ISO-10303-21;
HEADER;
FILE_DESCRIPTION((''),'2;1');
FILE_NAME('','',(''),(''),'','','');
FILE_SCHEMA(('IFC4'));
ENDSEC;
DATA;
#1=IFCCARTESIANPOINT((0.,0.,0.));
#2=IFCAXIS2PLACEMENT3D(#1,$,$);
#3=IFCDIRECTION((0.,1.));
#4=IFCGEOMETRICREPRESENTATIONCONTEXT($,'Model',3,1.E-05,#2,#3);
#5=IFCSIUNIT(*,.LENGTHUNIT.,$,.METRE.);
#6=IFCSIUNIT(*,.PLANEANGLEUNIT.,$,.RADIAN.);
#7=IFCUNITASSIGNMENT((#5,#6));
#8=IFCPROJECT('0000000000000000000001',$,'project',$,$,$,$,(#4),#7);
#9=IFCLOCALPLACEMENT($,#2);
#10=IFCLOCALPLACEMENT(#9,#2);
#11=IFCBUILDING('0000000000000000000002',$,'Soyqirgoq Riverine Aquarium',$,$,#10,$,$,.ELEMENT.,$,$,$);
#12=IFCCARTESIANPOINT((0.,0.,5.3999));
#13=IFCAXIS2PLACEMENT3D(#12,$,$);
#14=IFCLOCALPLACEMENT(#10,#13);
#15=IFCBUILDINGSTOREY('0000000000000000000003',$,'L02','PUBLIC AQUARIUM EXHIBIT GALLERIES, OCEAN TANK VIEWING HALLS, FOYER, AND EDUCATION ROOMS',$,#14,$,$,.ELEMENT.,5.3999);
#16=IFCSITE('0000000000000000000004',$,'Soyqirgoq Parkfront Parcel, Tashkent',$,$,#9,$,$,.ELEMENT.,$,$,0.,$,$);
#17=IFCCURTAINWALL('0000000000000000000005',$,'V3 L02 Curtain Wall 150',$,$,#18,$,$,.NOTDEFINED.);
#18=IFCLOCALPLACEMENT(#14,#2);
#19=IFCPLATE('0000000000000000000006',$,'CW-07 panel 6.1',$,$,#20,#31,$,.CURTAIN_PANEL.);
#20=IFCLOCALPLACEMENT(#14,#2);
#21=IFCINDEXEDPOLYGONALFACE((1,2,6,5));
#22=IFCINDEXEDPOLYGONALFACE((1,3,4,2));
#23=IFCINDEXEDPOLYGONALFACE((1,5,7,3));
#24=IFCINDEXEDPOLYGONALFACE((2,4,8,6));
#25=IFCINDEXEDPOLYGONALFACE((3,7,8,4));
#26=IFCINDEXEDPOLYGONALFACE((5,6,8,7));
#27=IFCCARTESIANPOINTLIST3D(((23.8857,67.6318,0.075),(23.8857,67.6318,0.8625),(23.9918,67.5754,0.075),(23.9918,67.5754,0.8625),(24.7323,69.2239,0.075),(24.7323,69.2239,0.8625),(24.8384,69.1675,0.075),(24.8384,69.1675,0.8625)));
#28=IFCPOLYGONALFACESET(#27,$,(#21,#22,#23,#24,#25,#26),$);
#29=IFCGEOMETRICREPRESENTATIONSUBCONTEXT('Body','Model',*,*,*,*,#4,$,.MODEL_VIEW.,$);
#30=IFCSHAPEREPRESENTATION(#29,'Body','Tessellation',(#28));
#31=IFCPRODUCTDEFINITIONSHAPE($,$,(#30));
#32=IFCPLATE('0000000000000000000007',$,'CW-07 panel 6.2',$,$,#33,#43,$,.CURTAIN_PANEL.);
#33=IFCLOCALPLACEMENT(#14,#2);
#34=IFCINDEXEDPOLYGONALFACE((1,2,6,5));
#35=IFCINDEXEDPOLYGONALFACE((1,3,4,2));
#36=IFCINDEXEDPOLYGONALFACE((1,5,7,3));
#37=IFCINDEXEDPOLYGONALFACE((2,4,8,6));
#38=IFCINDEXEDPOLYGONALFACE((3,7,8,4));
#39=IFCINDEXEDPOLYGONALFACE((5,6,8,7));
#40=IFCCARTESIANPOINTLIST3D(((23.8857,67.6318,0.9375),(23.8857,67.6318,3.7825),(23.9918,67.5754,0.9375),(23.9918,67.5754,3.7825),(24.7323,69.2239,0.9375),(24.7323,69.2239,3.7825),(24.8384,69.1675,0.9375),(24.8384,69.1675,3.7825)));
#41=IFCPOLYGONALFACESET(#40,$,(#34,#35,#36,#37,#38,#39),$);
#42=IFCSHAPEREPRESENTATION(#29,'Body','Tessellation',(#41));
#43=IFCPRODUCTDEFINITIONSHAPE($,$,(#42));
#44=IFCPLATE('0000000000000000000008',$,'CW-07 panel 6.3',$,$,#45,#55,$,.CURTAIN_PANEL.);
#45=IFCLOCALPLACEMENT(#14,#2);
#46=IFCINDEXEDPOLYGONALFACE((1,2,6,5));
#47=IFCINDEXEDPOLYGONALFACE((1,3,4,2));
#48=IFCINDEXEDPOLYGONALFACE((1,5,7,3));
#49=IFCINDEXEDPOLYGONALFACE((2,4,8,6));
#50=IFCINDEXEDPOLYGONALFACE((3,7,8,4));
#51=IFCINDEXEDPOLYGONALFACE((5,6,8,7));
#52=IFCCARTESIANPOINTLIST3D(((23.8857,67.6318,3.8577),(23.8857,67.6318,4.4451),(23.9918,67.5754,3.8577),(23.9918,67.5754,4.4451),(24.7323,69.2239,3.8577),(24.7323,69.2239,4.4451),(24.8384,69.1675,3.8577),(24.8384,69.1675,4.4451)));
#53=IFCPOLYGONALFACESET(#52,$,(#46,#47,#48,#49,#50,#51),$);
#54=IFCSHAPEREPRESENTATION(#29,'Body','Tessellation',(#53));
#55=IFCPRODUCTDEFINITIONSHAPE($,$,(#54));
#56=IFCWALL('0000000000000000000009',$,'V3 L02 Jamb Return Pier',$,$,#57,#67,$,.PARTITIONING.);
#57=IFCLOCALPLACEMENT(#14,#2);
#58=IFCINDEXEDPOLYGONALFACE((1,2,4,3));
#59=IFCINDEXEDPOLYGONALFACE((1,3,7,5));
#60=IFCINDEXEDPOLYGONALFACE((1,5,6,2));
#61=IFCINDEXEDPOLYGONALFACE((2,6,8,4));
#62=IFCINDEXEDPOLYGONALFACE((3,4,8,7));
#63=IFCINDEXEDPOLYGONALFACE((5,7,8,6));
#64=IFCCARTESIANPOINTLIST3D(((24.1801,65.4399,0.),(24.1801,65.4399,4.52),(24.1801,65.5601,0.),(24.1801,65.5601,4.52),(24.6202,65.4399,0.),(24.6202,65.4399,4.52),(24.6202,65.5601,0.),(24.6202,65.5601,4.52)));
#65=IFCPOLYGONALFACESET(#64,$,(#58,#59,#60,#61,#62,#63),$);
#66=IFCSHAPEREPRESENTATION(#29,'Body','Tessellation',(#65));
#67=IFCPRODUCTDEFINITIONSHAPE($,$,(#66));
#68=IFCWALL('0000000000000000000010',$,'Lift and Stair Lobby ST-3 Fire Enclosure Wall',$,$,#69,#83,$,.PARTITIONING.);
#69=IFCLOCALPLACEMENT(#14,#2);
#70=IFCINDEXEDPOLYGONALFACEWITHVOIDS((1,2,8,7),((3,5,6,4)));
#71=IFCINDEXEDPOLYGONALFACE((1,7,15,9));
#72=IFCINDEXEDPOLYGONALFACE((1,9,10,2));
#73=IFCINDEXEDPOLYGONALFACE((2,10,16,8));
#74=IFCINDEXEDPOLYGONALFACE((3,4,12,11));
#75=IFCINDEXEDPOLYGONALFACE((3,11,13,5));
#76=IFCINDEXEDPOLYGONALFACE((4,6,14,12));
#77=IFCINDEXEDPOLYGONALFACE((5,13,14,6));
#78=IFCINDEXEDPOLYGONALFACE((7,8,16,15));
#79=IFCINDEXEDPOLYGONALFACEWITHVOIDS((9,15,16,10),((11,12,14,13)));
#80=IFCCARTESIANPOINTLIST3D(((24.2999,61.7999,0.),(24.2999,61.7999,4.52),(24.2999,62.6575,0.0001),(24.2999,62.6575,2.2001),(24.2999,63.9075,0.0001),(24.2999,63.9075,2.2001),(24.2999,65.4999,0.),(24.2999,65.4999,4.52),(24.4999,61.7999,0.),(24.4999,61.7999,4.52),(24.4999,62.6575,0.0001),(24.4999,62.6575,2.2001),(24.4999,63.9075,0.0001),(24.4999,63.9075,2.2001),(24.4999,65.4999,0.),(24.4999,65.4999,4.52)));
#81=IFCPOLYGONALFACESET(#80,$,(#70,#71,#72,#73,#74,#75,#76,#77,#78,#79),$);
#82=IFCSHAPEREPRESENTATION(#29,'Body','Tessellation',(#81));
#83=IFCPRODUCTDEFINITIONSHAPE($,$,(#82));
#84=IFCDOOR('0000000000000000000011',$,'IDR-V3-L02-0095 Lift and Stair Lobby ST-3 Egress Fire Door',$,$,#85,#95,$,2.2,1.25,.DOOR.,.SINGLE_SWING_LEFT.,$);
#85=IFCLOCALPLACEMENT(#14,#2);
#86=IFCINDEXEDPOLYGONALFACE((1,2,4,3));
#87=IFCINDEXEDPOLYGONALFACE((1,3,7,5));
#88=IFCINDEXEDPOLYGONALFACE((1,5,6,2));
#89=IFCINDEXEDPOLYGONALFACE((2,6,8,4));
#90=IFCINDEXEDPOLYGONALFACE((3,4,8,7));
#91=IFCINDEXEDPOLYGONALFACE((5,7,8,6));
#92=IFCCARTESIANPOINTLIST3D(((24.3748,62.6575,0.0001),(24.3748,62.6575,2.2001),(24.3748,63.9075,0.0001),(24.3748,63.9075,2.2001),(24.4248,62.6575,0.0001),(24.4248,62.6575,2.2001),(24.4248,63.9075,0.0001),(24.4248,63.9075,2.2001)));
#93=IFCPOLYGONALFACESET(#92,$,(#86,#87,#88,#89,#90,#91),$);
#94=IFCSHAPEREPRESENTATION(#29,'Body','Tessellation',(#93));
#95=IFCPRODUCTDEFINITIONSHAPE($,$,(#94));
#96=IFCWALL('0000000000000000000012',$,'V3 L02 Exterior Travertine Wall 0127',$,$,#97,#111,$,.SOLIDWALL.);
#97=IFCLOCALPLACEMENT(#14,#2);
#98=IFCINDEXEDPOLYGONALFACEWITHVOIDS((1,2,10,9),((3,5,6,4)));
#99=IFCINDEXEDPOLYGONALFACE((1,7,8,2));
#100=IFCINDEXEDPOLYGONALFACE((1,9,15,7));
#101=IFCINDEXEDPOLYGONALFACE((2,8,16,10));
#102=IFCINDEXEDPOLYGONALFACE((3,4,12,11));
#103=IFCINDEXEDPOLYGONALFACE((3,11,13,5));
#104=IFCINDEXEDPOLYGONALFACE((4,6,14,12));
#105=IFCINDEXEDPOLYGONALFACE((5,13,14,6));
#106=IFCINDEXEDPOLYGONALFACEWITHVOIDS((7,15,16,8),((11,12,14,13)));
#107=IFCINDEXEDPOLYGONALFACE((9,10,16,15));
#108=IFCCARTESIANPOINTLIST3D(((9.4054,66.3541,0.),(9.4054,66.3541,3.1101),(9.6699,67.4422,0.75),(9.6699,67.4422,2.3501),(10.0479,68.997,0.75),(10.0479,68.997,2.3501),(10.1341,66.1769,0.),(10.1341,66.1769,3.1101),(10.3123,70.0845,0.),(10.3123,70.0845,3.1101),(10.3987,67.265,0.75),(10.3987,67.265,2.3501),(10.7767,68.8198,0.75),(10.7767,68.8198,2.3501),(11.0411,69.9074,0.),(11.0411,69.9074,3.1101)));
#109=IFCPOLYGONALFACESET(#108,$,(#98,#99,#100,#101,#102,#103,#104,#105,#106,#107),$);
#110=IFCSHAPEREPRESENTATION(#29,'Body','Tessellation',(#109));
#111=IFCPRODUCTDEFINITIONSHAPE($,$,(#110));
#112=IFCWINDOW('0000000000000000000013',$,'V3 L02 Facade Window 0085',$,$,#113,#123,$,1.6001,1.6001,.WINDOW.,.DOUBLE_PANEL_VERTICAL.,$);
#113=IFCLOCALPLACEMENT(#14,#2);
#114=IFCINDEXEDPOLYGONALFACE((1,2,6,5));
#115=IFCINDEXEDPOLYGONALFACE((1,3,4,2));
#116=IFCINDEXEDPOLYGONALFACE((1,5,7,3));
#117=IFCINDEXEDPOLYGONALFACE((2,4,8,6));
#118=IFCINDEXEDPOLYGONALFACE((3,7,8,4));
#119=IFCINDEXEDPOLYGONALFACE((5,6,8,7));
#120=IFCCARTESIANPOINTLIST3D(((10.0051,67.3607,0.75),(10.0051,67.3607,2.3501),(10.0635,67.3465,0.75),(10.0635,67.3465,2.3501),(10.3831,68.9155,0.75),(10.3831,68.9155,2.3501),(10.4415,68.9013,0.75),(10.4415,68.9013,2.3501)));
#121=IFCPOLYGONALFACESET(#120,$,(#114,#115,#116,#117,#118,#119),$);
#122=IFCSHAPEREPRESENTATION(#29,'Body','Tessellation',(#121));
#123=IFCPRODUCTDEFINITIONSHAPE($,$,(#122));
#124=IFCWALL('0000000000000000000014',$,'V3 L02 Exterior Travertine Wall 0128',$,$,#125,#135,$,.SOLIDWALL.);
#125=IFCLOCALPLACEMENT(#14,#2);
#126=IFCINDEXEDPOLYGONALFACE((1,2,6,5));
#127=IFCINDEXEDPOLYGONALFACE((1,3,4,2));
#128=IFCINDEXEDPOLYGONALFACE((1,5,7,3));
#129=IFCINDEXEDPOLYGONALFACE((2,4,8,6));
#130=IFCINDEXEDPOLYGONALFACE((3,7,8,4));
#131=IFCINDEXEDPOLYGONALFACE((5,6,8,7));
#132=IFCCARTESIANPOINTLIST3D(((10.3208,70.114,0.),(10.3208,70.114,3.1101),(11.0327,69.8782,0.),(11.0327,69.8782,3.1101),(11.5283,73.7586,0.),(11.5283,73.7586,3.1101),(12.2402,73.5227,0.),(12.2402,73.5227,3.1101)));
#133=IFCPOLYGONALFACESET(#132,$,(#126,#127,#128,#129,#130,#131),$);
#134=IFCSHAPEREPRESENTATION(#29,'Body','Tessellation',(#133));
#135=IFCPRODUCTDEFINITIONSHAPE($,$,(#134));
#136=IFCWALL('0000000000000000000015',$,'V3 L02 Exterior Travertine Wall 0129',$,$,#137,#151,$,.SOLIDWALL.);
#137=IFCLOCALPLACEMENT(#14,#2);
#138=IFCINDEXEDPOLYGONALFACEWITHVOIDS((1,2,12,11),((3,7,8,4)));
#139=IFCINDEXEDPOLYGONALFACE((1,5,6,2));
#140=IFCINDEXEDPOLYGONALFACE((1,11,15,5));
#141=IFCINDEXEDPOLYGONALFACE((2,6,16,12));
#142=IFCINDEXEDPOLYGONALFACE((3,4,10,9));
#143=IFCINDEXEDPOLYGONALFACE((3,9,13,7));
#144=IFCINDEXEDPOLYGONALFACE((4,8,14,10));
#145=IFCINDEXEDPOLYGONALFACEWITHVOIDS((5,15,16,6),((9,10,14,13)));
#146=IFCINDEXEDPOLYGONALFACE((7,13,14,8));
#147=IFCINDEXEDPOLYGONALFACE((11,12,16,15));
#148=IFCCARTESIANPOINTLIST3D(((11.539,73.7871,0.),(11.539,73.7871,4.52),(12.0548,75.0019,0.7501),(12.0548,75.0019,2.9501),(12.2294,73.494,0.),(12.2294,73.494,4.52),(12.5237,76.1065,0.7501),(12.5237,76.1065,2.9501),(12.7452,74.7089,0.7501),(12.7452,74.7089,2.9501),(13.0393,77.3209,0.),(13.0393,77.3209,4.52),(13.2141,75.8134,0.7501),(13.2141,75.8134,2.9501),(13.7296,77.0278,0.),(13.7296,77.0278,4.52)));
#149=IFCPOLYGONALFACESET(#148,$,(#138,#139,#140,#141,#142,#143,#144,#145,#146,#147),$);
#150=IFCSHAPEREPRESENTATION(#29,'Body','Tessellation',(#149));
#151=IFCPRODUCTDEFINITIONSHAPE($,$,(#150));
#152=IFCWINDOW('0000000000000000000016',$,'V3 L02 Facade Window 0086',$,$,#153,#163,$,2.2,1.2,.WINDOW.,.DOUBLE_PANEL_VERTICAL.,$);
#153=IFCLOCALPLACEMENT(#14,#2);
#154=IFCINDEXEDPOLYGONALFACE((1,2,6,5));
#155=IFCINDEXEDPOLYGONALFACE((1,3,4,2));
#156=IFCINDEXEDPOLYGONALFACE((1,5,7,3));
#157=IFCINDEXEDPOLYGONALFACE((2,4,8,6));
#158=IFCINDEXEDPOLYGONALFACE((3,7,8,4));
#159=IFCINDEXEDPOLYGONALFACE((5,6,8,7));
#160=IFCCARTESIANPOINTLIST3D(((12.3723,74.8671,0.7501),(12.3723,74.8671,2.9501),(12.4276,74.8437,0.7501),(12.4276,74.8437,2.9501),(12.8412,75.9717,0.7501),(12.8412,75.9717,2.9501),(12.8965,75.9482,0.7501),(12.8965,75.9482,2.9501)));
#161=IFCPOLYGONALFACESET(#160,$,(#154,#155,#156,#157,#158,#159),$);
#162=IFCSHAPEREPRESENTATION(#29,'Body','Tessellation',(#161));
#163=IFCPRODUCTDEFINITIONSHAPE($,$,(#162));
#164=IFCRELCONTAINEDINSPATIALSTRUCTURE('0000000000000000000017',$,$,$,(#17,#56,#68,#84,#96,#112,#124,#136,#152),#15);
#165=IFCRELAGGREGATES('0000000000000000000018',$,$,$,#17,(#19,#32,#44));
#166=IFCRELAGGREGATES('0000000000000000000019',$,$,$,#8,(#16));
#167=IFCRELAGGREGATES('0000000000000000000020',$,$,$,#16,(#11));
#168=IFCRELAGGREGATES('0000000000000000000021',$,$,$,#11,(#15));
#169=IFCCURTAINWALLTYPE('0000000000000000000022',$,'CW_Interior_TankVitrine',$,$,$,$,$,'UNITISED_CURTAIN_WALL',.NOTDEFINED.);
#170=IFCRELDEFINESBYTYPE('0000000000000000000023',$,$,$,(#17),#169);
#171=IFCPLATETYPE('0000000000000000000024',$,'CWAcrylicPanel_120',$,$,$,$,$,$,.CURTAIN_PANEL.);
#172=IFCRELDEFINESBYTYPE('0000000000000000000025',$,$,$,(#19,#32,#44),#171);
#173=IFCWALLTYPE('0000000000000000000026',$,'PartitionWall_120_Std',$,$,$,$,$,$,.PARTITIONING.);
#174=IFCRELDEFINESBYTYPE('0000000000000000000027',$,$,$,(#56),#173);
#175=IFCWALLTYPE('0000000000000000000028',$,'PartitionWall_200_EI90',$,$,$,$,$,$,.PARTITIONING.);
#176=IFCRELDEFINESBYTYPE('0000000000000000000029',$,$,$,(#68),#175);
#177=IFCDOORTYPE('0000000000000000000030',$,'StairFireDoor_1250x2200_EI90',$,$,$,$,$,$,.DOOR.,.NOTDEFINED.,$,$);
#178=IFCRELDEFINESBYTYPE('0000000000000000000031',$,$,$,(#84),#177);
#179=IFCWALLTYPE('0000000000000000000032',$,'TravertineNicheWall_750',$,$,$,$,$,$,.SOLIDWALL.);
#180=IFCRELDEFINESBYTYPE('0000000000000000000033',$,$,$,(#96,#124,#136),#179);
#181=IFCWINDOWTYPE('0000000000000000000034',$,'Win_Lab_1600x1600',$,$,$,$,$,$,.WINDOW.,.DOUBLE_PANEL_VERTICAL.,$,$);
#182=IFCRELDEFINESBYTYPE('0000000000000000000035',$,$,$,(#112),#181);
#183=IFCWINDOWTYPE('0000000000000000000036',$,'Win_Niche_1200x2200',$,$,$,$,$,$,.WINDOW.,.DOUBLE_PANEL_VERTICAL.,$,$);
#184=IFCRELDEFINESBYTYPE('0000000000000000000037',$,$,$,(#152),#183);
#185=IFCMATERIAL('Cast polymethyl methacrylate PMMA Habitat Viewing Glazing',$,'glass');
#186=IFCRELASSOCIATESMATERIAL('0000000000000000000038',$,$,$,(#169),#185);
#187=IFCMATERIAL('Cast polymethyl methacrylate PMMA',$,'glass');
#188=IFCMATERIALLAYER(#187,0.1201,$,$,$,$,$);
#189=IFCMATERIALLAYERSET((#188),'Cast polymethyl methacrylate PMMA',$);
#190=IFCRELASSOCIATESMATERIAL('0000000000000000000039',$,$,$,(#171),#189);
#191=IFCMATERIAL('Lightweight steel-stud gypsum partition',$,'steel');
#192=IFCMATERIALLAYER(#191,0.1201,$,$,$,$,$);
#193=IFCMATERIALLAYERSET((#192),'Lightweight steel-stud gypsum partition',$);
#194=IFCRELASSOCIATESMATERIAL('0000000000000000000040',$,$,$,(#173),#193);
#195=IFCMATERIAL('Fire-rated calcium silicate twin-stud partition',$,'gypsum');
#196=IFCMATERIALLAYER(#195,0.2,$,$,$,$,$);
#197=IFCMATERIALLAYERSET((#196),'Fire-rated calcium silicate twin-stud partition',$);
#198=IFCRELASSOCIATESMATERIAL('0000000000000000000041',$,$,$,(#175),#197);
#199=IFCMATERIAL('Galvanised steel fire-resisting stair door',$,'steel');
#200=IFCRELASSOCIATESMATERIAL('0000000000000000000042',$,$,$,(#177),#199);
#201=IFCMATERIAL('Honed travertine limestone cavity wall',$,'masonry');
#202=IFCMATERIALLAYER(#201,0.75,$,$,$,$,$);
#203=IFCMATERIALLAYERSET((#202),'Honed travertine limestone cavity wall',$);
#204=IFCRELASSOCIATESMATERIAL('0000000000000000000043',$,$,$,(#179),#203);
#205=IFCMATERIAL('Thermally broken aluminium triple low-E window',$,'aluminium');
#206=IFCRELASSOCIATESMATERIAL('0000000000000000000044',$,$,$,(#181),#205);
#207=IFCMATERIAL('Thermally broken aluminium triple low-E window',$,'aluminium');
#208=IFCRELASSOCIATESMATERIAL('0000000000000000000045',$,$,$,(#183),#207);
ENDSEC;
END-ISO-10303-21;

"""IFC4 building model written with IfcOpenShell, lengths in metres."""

from ifc_helpers import new_model, si_unit, direction, frame, frame_2d, origin, origin_2d, place, context, subcontext, project, spatial, rectangle, extrude, material, layer, layer_set, type_object, element, fill, aggregate, save


model = new_model("IFC4")

# Units and contexts
model_context = context("Model", 3, precision=1e-05, world=origin(), true_north=direction((0.0, 1.0)))
body_context = subcontext(model_context, "Body", "Model", "MODEL_VIEW")
ifc_project = project(units=[si_unit("LENGTHUNIT", "METRE"), si_unit("PLANEANGLEUNIT", "RADIAN")], contexts=[model_context])

# Site, building, storey
site_placement = place(None, origin())
site = spatial("IfcSite", under=ifc_project, at=site_placement, Name="Soyqirgoq Parkfront Parcel, Tashkent", CompositionType="ELEMENT", RefElevation=0.0)
building_placement = place(site_placement, origin())
building = spatial("IfcBuilding", under=site, at=building_placement, Name="Soyqirgoq Riverine Aquarium", CompositionType="ELEMENT")
storey_placement = place(building_placement, frame((0.0, 0.0, 5.3999)))
storey = spatial("IfcBuildingStorey", under=building, at=storey_placement, Name="L02", Description="PUBLIC AQUARIUM EXHIBIT GALLERIES, OCEAN TANK VIEWING HALLS, FOYER, AND EDUCATION ROOMS", CompositionType="ELEMENT", Elevation=5.3999)

# Curtain wall
ifc_material_1 = material(Name="Cast polymethyl methacrylate PMMA Habitat Viewing Glazing", Category="glass")
curtain_wall_type = type_object("IfcCurtainWallType", Name="CW_Interior_TankVitrine", ElementType="UNITISED_CURTAIN_WALL", PredefinedType="NOTDEFINED", material=ifc_material_1)
curtain_wall_placement = place(storey_placement, origin())
curtain_wall = element("IfcCurtainWall", 1, at=curtain_wall_placement, inside=storey, type_object=curtain_wall_type, Name="V3 L02 Curtain Wall 150", PredefinedType="NOTDEFINED")

# Plates
ifc_material_2 = material(Name="Cast polymethyl methacrylate PMMA", Category="glass")
ifc_layer_1 = layer(ifc_material_2, 0.1201)
ifc_layer_set_1 = layer_set([ifc_layer_1], Name="Cast polymethyl methacrylate PMMA")
plate_type = type_object("IfcPlateType", Name="CWAcrylicPanel_120", PredefinedType="CURTAIN_PANEL", material=ifc_layer_set_1)
plate_1_placement = place(storey_placement, frame((24.3621, 68.3997, 0.075), z_axis=(0.0, 0.0, 1.0), x_axis=(-0.469475, -0.882946, 0.0)))
plate_1 = element("IfcPlate", 2, at=plate_1_placement, type_object=plate_type, Name="CW-07 panel 6.1", PredefinedType="CURTAIN_PANEL", context=body_context, shape_type="SweptSolid", body=[
    extrude(rectangle(XDim=1.8032, YDim=0.1201, at=origin_2d()), origin(), (0.0, 0.0, 1.0), 0.7876),
])
plate_2_placement = place(storey_placement, frame((24.3621, 68.3997, 0.9375), z_axis=(0.0, 0.0, 1.0), x_axis=(-0.469475, -0.882946, 0.0)))
plate_2 = element("IfcPlate", 3, at=plate_2_placement, type_object=plate_type, Name="CW-07 panel 6.2", PredefinedType="CURTAIN_PANEL", context=body_context, shape_type="SweptSolid", body=[
    extrude(rectangle(XDim=1.8032, YDim=0.1201, at=origin_2d()), origin(), (0.0, 0.0, 1.0), 2.845),
])
plate_3_placement = place(storey_placement, frame((24.3621, 68.3997, 3.8577), z_axis=(0.0, 0.0, 1.0), x_axis=(-0.469475, -0.882946, 0.0)))
plate_3 = element("IfcPlate", 4, at=plate_3_placement, type_object=plate_type, Name="CW-07 panel 6.3", PredefinedType="CURTAIN_PANEL", context=body_context, shape_type="SweptSolid", body=[
    extrude(rectangle(XDim=1.8032, YDim=0.1201, at=origin_2d()), origin(), (0.0, 0.0, 1.0), 0.5874),
])
aggregate(curtain_wall, [plate_1, plate_2, plate_3])

# Wall
ifc_material_3 = material(Name="Lightweight steel-stud gypsum partition", Category="steel")
ifc_layer_2 = layer(ifc_material_3, 0.1201)
ifc_layer_set_2 = layer_set([ifc_layer_2], Name="Lightweight steel-stud gypsum partition")
wall_type_1 = type_object("IfcWallType", Name="PartitionWall_120_Std", PredefinedType="PARTITIONING", material=ifc_layer_set_2)
wall_1_placement = place(storey_placement, frame((24.1799, 65.5, 0.0), z_axis=(0.0, 0.0, 1.0), x_axis=(1.0, 0.0, 0.0)))
element("IfcWall", 5, at=wall_1_placement, inside=storey, type_object=wall_type_1, Name="V3 L02 Jamb Return Pier", PredefinedType="PARTITIONING", context=body_context, shape_type="SweptSolid", body=[
    extrude(rectangle(XDim=0.4402, YDim=0.1201, at=frame_2d((0.2202, 0.0))), origin(), (0.0, 0.0, 1.0), 4.52),
])

# Wall, opening, door
ifc_material_4 = material(Name="Fire-rated calcium silicate twin-stud partition", Category="gypsum")
ifc_layer_3 = layer(ifc_material_4, 0.2)
ifc_layer_set_3 = layer_set([ifc_layer_3], Name="Fire-rated calcium silicate twin-stud partition")
wall_type_2 = type_object("IfcWallType", Name="PartitionWall_200_EI90", PredefinedType="PARTITIONING", material=ifc_layer_set_3)
wall_2_placement = place(storey_placement, frame((24.3999, 65.5, 0.0), z_axis=(0.0, 0.0, 1.0), x_axis=(0.0, -1.0, 0.0)))
wall_2 = element("IfcWall", 6, at=wall_2_placement, inside=storey, type_object=wall_type_2, Name="Lift and Stair Lobby ST-3 Fire Enclosure Wall", PredefinedType="PARTITIONING", context=body_context, shape_type="SweptSolid", body=[
    extrude(rectangle(XDim=3.7, YDim=0.2, at=frame_2d((1.8501, 0.0))), origin(), (0.0, 0.0, 1.0), 4.52),
])
opening_1_placement = place(wall_2_placement, frame((1.5925, 0.0, 0.0)))
opening_1 = element("IfcOpeningElement", 7, at=opening_1_placement, cuts=wall_2, PredefinedType="OPENING", context=body_context, shape_type="SweptSolid", body=[
    extrude(rectangle(XDim=1.25, YDim=2.2, at=frame_2d((0.625, 1.1001))), frame((0.0, 0.1099, 0.0), z_axis=(0.0, -1.0, 0.0), x_axis=(1.0, 0.0, 0.0)), (0.0, 0.0, 1.0), 0.22),
])
ifc_material_5 = material(Name="Galvanised steel fire-resisting stair door", Category="steel")
door_type = type_object("IfcDoorType", Name="StairFireDoor_1250x2200_EI90", OperationType="NOTDEFINED", PredefinedType="DOOR", material=ifc_material_5)
door_placement = place(opening_1_placement, origin())
door = element("IfcDoor", 8, at=door_placement, inside=storey, type_object=door_type, Name="IDR-V3-L02-0095 Lift and Stair Lobby ST-3 Egress Fire Door", OperationType="SINGLE_SWING_LEFT", OverallHeight=2.2, OverallWidth=1.25, PredefinedType="DOOR", context=body_context, shape_type="SweptSolid", body=[
    extrude(rectangle(XDim=1.25, YDim=2.2, at=frame_2d((0.625, 1.1001))), frame((0.0, 0.0249, 0.0), z_axis=(0.0, -1.0, 0.0), x_axis=(1.0, 0.0, 0.0)), (0.0, 0.0, 1.0), 0.05),
])
fill(opening_1, door)

# Wall, opening, window
ifc_material_6 = material(Name="Honed travertine limestone cavity wall", Category="masonry")
ifc_layer_4 = layer(ifc_material_6, 0.75)
ifc_layer_set_4 = layer_set([ifc_layer_4], Name="Honed travertine limestone cavity wall")
wall_type_3 = type_object("IfcWallType", Name="TravertineNicheWall_750", PredefinedType="SOLIDWALL", material=ifc_layer_set_4)
wall_3_placement = place(storey_placement, frame((9.7698, 66.2656, 0.0), z_axis=(0.0, 0.0, 1.0), x_axis=(0.236246, 0.971693, 0.0)))
wall_3 = element("IfcWall", 9, at=wall_3_placement, inside=storey, type_object=wall_type_3, Name="V3 L02 Exterior Travertine Wall 0127", PredefinedType="SOLIDWALL", context=body_context, shape_type="SweptSolid", body=[
    extrude(rectangle(XDim=3.8391, YDim=0.75, at=frame_2d((1.9194, 0.0))), origin(), (0.0, 0.0, 1.0), 3.1101),
])
opening_2_placement = place(wall_3_placement, frame((1.1196, 0.0, 0.75)))
opening_2 = element("IfcOpeningElement", 10, at=opening_2_placement, cuts=wall_3, PredefinedType="OPENING", context=body_context, shape_type="SweptSolid", body=[
    extrude(rectangle(XDim=1.6001, YDim=1.6001, at=frame_2d((0.8, 0.8))), frame((0.0, 0.385, 0.0), z_axis=(0.0, -1.0, 0.0), x_axis=(1.0, 0.0, 0.0)), (0.0, 0.0, 1.0), 0.77),
])
ifc_material_7 = material(Name="Thermally broken aluminium triple low-E window", Category="aluminium")
window_type_1 = type_object("IfcWindowType", Name="Win_Lab_1600x1600", PartitioningType="DOUBLE_PANEL_VERTICAL", PredefinedType="WINDOW", material=ifc_material_7)
window_1_placement = place(opening_2_placement, origin())
window_1 = element("IfcWindow", 11, at=window_1_placement, inside=storey, type_object=window_type_1, Name="V3 L02 Facade Window 0085", OverallHeight=1.6001, OverallWidth=1.6001, PartitioningType="DOUBLE_PANEL_VERTICAL", PredefinedType="WINDOW", context=body_context, shape_type="SweptSolid", body=[
    extrude(rectangle(XDim=1.6001, YDim=1.6001, at=frame_2d((0.8, 0.8))), frame((0.0, 0.03, 0.0), z_axis=(0.0, -1.0, 0.0), x_axis=(1.0, 0.0, 0.0)), (0.0, 0.0, 1.0), 0.0601),
])
fill(opening_2, window_1)

# Wall
wall_4_placement = place(storey_placement, frame((10.6768, 69.9961, 0.0), z_axis=(0.0, 0.0, 1.0), x_axis=(0.31451, 0.949254, 0.0)))
element("IfcWall", 12, at=wall_4_placement, inside=storey, type_object=wall_type_3, Name="V3 L02 Exterior Travertine Wall 0128", PredefinedType="SOLIDWALL", context=body_context, shape_type="SweptSolid", body=[
    extrude(rectangle(XDim=3.8394, YDim=0.75, at=frame_2d((1.9197, 0.0))), origin(), (0.0, 0.0, 1.0), 3.1101),
])

# Wall, opening, window
wall_5_placement = place(storey_placement, frame((11.8843, 73.6406, 0.0), z_axis=(0.0, 0.0, 1.0), x_axis=(0.39077, 0.920488, 0.0)))
wall_5 = element("IfcWall", 13, at=wall_5_placement, inside=storey, type_object=wall_type_3, Name="V3 L02 Exterior Travertine Wall 0129", PredefinedType="SOLIDWALL", context=body_context, shape_type="SweptSolid", body=[
    extrude(rectangle(XDim=3.8391, YDim=0.75, at=frame_2d((1.9194, 0.0))), origin(), (0.0, 0.0, 1.0), 4.52),
])
opening_3_placement = place(wall_5_placement, frame((1.3196, 0.0, 0.75)))
opening_3 = element("IfcOpeningElement", 14, at=opening_3_placement, cuts=wall_5, PredefinedType="OPENING", context=body_context, shape_type="SweptSolid", body=[
    extrude(rectangle(XDim=1.2, YDim=2.2, at=frame_2d((0.6001, 1.1001))), frame((0.0, 0.385, 0.0), z_axis=(0.0, -1.0, 0.0), x_axis=(1.0, 0.0, 0.0)), (0.0, 0.0, 1.0), 0.77),
])
ifc_material_8 = material(Name="Thermally broken aluminium triple low-E window", Category="aluminium")
window_type_2 = type_object("IfcWindowType", Name="Win_Niche_1200x2200", PartitioningType="DOUBLE_PANEL_VERTICAL", PredefinedType="WINDOW", material=ifc_material_8)
window_2_placement = place(opening_3_placement, origin())
window_2 = element("IfcWindow", 15, at=window_2_placement, inside=storey, type_object=window_type_2, Name="V3 L02 Facade Window 0086", OverallHeight=2.2, OverallWidth=1.2, PartitioningType="DOUBLE_PANEL_VERTICAL", PredefinedType="WINDOW", context=body_context, shape_type="SweptSolid", body=[
    extrude(rectangle(XDim=1.2, YDim=2.2, at=frame_2d((0.6001, 1.1001))), frame((0.0, 0.03, 0.0), z_axis=(0.0, -1.0, 0.0), x_axis=(1.0, 0.0, 0.0)), (0.0, 0.0, 1.0), 0.0601),
])
fill(opening_3, window_2)

save(model, "model.ifc")
